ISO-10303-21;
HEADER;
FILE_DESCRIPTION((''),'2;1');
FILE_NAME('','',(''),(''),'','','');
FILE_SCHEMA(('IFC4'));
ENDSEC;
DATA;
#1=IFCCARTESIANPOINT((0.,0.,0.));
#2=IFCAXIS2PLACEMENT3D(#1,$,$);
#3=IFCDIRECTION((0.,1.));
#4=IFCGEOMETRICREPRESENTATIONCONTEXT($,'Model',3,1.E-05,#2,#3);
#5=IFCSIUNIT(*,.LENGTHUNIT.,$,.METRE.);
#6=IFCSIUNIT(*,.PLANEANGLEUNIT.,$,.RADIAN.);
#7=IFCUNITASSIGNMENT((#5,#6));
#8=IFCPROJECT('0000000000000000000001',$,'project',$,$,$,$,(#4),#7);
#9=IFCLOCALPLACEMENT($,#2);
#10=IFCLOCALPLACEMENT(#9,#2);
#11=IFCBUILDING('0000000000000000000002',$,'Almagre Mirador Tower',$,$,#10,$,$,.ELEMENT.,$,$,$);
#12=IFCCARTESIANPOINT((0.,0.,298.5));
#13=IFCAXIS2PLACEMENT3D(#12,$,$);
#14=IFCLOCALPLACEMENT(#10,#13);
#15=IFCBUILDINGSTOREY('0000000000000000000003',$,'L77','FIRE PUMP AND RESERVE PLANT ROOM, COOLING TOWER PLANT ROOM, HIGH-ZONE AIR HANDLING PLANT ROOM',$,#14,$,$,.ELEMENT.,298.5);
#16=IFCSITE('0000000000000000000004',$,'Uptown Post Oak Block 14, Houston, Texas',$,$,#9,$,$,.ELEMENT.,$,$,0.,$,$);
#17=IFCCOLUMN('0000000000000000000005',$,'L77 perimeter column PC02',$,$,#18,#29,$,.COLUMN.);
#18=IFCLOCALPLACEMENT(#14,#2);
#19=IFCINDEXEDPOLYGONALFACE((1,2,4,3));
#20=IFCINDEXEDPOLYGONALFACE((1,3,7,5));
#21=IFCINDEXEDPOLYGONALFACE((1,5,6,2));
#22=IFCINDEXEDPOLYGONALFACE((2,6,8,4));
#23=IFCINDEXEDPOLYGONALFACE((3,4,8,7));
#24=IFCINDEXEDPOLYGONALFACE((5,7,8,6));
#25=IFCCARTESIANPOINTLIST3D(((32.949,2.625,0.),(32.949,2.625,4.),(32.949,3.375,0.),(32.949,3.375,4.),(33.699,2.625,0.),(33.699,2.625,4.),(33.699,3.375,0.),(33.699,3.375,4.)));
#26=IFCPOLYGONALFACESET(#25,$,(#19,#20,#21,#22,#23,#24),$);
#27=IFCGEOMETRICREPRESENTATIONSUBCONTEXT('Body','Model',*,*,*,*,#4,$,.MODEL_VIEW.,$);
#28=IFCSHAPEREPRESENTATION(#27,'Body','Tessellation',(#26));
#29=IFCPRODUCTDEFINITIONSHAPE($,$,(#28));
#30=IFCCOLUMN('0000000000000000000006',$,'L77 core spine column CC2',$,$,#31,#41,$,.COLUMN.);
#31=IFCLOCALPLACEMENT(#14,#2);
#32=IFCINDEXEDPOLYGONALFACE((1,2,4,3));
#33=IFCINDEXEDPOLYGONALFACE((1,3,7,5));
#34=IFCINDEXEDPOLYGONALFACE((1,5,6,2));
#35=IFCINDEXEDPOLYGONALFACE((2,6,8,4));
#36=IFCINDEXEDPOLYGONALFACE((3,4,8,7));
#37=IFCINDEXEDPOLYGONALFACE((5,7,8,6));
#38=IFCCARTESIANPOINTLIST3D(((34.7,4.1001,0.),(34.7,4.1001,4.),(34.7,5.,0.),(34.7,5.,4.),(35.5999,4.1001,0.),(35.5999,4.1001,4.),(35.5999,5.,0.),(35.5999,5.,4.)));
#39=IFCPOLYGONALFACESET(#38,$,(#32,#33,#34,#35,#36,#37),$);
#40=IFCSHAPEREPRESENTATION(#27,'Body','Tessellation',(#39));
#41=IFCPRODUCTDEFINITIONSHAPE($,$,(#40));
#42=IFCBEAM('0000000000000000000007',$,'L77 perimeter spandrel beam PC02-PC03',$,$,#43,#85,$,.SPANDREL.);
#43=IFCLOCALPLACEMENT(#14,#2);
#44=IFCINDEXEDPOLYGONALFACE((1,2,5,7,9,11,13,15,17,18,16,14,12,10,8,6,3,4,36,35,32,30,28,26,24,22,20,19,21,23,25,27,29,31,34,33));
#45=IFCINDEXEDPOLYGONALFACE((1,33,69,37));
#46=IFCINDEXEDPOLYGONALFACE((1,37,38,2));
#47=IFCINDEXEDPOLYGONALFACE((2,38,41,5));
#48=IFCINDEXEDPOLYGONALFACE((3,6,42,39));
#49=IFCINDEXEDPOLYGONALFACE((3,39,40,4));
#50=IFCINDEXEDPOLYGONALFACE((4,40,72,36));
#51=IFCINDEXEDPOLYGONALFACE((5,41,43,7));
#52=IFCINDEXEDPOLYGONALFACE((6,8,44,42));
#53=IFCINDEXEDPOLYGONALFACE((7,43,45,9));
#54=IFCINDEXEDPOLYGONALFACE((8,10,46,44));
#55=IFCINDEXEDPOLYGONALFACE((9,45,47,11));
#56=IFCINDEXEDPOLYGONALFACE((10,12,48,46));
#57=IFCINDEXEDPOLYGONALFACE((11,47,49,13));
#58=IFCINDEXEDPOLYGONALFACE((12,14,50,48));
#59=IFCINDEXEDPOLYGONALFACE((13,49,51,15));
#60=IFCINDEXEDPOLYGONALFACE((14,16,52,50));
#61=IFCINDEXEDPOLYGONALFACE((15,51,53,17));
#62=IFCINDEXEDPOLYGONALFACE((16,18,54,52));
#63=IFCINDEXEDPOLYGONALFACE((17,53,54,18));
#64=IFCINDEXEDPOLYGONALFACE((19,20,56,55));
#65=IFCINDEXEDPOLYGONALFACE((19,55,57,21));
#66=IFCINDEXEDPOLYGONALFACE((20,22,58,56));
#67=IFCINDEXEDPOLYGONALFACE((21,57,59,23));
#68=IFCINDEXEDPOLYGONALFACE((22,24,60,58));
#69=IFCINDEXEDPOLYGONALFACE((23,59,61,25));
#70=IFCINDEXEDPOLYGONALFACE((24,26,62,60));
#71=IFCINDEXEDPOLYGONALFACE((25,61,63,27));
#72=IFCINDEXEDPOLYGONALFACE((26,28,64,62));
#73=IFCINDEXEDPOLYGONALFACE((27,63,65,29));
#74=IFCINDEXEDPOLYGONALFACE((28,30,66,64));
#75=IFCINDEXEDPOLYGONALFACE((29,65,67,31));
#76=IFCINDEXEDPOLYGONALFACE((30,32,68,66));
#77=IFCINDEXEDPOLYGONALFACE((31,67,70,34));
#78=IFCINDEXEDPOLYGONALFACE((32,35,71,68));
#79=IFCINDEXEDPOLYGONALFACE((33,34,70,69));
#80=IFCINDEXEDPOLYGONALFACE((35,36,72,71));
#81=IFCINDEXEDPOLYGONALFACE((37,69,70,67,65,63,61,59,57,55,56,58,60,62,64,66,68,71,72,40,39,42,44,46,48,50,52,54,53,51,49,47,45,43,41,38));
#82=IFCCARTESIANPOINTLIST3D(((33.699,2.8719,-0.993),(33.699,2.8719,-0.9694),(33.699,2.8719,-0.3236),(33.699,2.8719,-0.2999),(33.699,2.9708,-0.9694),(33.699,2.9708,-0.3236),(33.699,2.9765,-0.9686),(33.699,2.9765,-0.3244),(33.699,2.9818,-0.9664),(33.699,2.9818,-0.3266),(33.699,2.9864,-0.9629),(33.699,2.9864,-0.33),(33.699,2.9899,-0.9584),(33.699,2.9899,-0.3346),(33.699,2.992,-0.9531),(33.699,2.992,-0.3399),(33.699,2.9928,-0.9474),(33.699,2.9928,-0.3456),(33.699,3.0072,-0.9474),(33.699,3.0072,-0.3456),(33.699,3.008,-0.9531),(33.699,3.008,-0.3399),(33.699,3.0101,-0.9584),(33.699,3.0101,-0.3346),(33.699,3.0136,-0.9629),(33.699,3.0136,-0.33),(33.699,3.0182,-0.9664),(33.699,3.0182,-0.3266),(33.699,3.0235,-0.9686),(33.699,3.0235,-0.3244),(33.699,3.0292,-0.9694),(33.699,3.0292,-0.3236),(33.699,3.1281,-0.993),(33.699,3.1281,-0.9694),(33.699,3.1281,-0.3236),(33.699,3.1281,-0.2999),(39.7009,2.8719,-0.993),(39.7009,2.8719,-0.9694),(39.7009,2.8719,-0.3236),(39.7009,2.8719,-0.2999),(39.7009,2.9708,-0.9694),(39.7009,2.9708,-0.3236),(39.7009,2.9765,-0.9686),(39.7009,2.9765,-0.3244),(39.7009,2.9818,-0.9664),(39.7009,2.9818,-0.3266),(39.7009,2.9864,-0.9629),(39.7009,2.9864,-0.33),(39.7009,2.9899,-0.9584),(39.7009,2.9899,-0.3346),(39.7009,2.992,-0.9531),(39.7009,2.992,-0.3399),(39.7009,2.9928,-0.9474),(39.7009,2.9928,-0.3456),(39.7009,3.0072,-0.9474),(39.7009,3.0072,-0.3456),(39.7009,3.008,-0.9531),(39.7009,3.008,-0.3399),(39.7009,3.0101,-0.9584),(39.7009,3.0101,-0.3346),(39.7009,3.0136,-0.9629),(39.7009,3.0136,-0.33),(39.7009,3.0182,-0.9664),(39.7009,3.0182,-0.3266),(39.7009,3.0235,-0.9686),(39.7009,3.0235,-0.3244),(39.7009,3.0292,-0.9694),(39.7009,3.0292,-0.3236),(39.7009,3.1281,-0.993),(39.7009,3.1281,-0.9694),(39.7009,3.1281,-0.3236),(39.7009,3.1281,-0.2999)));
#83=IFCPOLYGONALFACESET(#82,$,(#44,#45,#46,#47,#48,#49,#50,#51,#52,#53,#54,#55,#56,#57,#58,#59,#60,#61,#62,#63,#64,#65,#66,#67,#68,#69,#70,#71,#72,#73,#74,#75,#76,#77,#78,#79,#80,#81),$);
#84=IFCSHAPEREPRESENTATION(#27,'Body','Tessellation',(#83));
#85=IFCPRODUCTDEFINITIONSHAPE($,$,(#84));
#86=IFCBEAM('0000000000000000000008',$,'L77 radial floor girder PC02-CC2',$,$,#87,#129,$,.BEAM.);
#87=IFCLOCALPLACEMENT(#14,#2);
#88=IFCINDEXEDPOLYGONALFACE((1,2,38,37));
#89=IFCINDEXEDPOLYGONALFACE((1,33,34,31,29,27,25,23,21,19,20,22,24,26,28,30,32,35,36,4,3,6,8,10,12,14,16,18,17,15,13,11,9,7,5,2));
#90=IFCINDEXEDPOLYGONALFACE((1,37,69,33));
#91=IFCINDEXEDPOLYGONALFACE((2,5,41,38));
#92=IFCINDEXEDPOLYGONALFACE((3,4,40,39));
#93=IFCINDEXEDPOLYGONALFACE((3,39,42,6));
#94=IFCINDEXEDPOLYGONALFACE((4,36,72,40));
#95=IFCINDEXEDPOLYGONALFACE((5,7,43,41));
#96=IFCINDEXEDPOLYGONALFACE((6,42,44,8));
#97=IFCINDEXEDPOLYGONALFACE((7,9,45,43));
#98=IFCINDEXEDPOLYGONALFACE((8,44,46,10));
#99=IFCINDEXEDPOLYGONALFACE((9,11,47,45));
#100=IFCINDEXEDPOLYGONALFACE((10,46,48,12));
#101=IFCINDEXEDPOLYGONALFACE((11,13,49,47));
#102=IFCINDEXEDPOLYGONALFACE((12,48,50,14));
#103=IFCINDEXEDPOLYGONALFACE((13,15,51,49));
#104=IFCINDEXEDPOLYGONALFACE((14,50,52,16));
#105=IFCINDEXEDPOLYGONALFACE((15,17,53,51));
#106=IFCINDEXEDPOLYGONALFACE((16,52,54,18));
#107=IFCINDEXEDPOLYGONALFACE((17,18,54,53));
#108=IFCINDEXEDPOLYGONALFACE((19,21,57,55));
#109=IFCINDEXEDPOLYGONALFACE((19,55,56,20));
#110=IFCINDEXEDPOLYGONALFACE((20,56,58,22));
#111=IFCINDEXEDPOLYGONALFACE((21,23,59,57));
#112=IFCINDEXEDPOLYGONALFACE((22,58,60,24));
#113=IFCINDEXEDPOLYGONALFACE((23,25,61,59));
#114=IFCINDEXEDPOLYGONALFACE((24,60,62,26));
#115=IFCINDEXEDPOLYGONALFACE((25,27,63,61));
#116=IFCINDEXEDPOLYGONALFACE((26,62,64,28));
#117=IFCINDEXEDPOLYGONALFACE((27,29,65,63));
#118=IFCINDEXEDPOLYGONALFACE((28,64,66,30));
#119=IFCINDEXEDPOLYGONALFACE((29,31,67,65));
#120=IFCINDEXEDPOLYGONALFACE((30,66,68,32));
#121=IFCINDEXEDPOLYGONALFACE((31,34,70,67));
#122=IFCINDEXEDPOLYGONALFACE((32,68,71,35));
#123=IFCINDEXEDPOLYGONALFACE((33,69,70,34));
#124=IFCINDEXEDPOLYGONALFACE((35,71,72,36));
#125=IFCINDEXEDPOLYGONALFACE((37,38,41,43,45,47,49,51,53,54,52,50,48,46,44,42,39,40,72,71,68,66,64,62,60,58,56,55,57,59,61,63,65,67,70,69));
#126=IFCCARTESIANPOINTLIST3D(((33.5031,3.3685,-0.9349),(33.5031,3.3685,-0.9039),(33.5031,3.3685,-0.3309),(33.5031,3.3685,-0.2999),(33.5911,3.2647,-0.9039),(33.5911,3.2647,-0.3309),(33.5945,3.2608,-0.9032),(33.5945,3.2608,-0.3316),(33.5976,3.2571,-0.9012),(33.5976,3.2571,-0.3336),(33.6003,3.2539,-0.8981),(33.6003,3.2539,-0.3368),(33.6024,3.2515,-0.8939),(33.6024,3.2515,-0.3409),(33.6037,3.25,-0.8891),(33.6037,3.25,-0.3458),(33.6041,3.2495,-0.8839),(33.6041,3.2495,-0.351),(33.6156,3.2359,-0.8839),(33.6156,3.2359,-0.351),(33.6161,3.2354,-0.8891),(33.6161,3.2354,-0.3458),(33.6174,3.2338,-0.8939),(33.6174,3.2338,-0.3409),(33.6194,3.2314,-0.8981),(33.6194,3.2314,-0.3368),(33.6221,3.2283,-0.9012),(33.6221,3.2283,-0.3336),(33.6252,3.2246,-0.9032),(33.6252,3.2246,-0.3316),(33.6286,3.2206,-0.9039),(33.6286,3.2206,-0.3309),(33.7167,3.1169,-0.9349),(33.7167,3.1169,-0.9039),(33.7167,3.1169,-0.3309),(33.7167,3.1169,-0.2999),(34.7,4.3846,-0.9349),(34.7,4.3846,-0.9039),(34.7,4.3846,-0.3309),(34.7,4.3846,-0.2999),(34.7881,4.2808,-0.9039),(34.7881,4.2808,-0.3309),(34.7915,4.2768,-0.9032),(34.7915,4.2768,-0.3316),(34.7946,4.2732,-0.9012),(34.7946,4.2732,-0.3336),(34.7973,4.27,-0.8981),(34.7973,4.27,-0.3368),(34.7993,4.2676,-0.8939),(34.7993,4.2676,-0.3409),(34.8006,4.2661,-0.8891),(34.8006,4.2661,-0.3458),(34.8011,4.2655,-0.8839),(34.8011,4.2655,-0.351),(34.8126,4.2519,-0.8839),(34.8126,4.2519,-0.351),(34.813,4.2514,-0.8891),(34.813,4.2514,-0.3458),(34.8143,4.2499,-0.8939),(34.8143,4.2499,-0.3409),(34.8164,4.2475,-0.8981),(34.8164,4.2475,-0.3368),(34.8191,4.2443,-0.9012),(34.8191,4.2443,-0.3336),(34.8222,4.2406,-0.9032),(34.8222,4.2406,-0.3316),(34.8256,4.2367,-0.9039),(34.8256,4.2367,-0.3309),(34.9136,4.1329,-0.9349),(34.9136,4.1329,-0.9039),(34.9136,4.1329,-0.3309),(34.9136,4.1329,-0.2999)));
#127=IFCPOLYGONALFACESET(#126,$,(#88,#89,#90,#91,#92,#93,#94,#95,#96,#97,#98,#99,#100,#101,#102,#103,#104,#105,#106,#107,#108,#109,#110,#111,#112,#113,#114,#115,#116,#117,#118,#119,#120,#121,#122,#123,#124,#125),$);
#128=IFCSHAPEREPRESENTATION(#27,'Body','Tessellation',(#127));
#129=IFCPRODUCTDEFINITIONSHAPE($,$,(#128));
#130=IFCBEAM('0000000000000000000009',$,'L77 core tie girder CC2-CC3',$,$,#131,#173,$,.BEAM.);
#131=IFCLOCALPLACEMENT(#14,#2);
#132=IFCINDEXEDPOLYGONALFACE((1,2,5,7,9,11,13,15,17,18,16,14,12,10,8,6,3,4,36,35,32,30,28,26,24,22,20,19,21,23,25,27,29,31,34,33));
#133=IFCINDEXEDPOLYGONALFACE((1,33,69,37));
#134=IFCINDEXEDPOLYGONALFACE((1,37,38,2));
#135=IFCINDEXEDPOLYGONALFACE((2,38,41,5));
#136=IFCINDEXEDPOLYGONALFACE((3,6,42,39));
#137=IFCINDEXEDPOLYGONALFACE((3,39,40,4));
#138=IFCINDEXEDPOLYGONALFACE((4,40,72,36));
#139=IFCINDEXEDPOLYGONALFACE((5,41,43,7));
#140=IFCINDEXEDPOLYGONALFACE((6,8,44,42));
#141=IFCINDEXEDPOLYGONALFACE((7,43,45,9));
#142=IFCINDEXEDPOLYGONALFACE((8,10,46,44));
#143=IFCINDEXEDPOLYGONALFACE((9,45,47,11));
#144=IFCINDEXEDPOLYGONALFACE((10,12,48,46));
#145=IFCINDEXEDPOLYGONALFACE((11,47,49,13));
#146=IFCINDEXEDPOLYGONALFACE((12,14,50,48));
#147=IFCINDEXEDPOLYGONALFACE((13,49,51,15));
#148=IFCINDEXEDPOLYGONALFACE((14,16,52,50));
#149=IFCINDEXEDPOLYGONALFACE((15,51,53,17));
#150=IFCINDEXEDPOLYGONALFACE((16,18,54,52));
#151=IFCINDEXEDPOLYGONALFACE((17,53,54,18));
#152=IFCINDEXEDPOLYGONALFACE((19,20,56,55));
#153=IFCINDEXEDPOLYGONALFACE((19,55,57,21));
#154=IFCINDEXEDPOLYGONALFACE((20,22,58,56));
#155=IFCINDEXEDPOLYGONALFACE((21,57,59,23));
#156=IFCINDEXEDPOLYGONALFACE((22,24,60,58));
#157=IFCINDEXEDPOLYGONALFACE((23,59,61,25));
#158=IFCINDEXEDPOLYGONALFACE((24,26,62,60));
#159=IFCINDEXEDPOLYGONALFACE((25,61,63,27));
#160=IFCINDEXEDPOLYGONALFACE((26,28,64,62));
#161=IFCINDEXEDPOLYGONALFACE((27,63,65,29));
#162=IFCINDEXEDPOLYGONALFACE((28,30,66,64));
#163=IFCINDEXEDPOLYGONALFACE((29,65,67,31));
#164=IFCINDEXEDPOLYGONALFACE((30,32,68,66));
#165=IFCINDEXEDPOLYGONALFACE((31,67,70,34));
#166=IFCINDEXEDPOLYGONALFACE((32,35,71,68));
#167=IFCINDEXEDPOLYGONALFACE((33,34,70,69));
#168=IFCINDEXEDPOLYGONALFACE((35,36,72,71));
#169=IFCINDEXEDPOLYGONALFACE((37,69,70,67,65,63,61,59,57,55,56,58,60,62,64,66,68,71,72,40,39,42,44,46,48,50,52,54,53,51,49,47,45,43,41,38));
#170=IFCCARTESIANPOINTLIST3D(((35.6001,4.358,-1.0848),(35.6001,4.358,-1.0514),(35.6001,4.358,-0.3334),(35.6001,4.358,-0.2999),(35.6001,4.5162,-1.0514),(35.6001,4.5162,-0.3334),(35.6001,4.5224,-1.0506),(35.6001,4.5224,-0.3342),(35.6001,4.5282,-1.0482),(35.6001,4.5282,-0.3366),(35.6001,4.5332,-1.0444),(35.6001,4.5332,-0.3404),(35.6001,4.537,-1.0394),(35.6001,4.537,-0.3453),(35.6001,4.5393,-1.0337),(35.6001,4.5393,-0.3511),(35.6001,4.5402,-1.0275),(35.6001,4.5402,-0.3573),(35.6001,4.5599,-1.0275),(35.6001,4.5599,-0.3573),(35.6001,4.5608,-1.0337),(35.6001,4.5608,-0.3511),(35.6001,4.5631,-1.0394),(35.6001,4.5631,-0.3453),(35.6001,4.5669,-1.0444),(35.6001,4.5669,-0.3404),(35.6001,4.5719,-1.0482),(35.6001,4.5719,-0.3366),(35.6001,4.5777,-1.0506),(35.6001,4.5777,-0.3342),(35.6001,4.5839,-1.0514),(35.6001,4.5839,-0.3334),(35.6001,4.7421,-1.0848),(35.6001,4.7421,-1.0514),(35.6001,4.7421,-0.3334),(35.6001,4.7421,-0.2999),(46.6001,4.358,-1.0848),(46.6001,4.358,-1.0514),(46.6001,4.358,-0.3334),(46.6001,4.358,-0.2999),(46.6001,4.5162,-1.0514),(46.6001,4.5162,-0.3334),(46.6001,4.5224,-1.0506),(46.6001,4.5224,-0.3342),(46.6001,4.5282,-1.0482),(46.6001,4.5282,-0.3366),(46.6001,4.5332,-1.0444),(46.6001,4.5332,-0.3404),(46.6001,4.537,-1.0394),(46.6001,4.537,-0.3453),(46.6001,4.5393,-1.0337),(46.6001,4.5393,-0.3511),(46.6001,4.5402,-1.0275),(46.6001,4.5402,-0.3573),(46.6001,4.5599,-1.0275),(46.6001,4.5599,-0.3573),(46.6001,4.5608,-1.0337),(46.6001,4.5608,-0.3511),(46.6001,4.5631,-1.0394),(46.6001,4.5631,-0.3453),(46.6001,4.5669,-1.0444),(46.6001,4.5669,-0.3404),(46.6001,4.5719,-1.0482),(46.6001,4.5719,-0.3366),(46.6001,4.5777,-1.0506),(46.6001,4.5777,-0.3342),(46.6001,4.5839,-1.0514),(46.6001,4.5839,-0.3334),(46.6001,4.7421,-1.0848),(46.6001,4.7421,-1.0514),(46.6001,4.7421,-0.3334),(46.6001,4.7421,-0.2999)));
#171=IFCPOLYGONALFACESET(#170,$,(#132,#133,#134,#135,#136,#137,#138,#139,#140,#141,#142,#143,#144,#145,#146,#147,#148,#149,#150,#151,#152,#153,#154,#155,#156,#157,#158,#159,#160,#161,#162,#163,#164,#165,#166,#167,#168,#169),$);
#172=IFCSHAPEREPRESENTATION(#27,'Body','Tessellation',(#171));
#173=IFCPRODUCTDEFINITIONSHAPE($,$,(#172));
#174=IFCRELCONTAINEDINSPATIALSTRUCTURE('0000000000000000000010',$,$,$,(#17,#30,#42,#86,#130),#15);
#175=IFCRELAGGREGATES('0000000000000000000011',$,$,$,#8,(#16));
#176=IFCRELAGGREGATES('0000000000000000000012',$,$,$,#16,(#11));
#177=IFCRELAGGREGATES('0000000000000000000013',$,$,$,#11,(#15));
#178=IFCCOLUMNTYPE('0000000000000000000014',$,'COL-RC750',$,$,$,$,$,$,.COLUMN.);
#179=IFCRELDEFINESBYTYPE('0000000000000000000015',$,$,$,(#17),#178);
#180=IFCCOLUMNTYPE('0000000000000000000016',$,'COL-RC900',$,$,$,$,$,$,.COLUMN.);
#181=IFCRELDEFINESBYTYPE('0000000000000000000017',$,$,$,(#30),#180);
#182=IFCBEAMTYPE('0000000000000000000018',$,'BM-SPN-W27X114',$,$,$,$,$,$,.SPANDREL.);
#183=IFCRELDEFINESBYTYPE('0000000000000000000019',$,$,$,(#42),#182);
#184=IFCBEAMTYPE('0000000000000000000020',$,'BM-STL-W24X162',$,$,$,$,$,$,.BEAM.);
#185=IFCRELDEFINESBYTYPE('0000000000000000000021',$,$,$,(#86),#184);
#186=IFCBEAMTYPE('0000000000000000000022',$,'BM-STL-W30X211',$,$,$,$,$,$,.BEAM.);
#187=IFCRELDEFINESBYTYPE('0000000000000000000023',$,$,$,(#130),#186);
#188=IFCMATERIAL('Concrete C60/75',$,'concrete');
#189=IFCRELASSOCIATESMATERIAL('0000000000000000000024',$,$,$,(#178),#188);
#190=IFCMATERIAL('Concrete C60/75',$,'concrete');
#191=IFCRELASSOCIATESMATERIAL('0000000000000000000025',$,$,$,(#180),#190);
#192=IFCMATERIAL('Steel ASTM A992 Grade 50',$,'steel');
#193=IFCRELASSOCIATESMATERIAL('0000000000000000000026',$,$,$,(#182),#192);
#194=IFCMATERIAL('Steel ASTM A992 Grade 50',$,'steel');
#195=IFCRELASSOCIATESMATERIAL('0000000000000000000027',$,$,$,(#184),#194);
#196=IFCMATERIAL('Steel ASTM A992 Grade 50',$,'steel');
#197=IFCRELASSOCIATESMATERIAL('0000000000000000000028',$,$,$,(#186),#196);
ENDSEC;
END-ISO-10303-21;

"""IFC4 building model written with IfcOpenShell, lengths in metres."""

from ifc_helpers import new_model, si_unit, direction, frame, origin, origin_2d, place, context, subcontext, project, spatial, rectangle, i_section, extrude, material, material_profile, profile_set, type_object, element, save


model = new_model("IFC4")

# Units and contexts
model_context = context("Model", 3, precision=1e-05, world=origin(), true_north=direction((0.0, 1.0)))
body_context = subcontext(model_context, "Body", "Model", "MODEL_VIEW")
ifc_project = project(units=[si_unit("LENGTHUNIT", "METRE"), si_unit("PLANEANGLEUNIT", "RADIAN")], contexts=[model_context])

# Site, building, storey
site_placement = place(None, origin())
site = spatial("IfcSite", under=ifc_project, at=site_placement, Name="Uptown Post Oak Block 14, Houston, Texas", CompositionType="ELEMENT", RefElevation=0.0)
building_placement = place(site_placement, origin())
building = spatial("IfcBuilding", under=site, at=building_placement, Name="Almagre Mirador Tower", CompositionType="ELEMENT")
storey_placement = place(building_placement, frame((0.0, 0.0, 298.5)))
storey = spatial("IfcBuildingStorey", under=building, at=storey_placement, Name="L77", Description="FIRE PUMP AND RESERVE PLANT ROOM, COOLING TOWER PLANT ROOM, HIGH-ZONE AIR HANDLING PLANT ROOM", CompositionType="ELEMENT", Elevation=298.5)

# Columns
ifc_material_1 = material(Name="Concrete C60/75", Category="concrete")
ifc_material_profile_1 = material_profile(ifc_material_1, rectangle(XDim=0.75, YDim=0.75, at=origin_2d()), Name="RC750X750")
ifc_profile_set_1 = profile_set([ifc_material_profile_1], Name="Concrete C60/75")
column_type_1 = type_object("IfcColumnType", Name="COL-RC750", PredefinedType="COLUMN", material=ifc_profile_set_1)
column_1_placement = place(storey_placement, frame((33.324, 3.0, 0.0), z_axis=(0.0, 0.0, 1.0), x_axis=(1.0, 0.0, 0.0)))
element("IfcColumn", 1, at=column_1_placement, inside=storey, type_object=column_type_1, Name="L77 perimeter column PC02", PredefinedType="COLUMN", context=body_context, shape_type="SweptSolid", body=[
    extrude(rectangle(XDim=0.75, YDim=0.75, at=origin_2d()), origin(), (0.0, 0.0, 1.0), 4.0),
])
ifc_material_2 = material(Name="Concrete C60/75", Category="concrete")
ifc_material_profile_2 = material_profile(ifc_material_2, rectangle(XDim=0.8999, YDim=0.8999, at=origin_2d()), Name="RC900X900")
ifc_profile_set_2 = profile_set([ifc_material_profile_2], Name="Concrete C60/75")
column_type_2 = type_object("IfcColumnType", Name="COL-RC900", PredefinedType="COLUMN", material=ifc_profile_set_2)
column_2_placement = place(storey_placement, frame((35.1499, 4.55, 0.0), z_axis=(0.0, 0.0, 1.0), x_axis=(1.0, 0.0, 0.0)))
element("IfcColumn", 2, at=column_2_placement, inside=storey, type_object=column_type_2, Name="L77 core spine column CC2", PredefinedType="COLUMN", context=body_context, shape_type="SweptSolid", body=[
    extrude(rectangle(XDim=0.8999, YDim=0.8999, at=origin_2d()), origin(), (0.0, 0.0, 1.0), 4.0),
])

# Beams
ifc_material_3 = material(Name="Steel ASTM A992 Grade 50", Category="steel")
ifc_material_profile_3 = material_profile(ifc_material_3, i_section(OverallWidth=0.2561, OverallDepth=0.6931, WebThickness=0.0144, FlangeThickness=0.0237, FilletRadius=0.022, at=origin_2d()), Name="W27X114")
ifc_profile_set_3 = profile_set([ifc_material_profile_3], Name="Steel ASTM A992 Grade 50")
beam_type_1 = type_object("IfcBeamType", Name="BM-SPN-W27X114", PredefinedType="SPANDREL", material=ifc_profile_set_3)
beam_1_placement = place(storey_placement, frame((33.699, 3.0, -0.6465), z_axis=(1.0, 0.0, 0.0), x_axis=(0.0, 1.0, 0.0)))
element("IfcBeam", 3, at=beam_1_placement, inside=storey, type_object=beam_type_1, Name="L77 perimeter spandrel beam PC02-PC03", PredefinedType="SPANDREL", context=body_context, shape_type="SweptSolid", body=[
    extrude(i_section(OverallWidth=0.2561, OverallDepth=0.6931, WebThickness=0.0144, FlangeThickness=0.0237, FilletRadius=0.022, at=origin_2d()), origin(), (0.0, 0.0, 1.0), 6.002),
])
ifc_material_4 = material(Name="Steel ASTM A992 Grade 50", Category="steel")
ifc_material_profile_4 = material_profile(ifc_material_4, i_section(OverallWidth=0.3301, OverallDepth=0.635, WebThickness=0.0178, FlangeThickness=0.031, FilletRadius=0.02, at=origin_2d()), Name="W24X162")
ifc_profile_set_4 = profile_set([ifc_material_profile_4], Name="Steel ASTM A992 Grade 50")
beam_type_2 = type_object("IfcBeamType", Name="BM-STL-W24X162", PredefinedType="BEAM", material=ifc_profile_set_4)
beam_2_placement = place(storey_placement, frame((33.6099, 3.2427, -0.6174), z_axis=(0.762365, 0.647147, 0.0), x_axis=(-0.647147, 0.762365, 0.0)))
element("IfcBeam", 4, at=beam_2_placement, inside=storey, type_object=beam_type_2, Name="L77 radial floor girder PC02-CC2", PredefinedType="BEAM", context=body_context, shape_type="SweptSolid", body=[
    extrude(i_section(OverallWidth=0.3301, OverallDepth=0.635, WebThickness=0.0178, FlangeThickness=0.031, FilletRadius=0.02, at=origin_2d()), origin(), (0.0, 0.0, 1.0), 1.5701),
])
ifc_material_5 = material(Name="Steel ASTM A992 Grade 50", Category="steel")
ifc_material_profile_5 = material_profile(ifc_material_5, i_section(OverallWidth=0.384, OverallDepth=0.7849, WebThickness=0.0198, FlangeThickness=0.0334, FilletRadius=0.0239, at=origin_2d()), Name="W30X211")
ifc_profile_set_5 = profile_set([ifc_material_profile_5], Name="Steel ASTM A992 Grade 50")
beam_type_3 = type_object("IfcBeamType", Name="BM-STL-W30X211", PredefinedType="BEAM", material=ifc_profile_set_5)
beam_3_placement = place(storey_placement, frame((35.6001, 4.55, -0.6924), z_axis=(1.0, 0.0, 0.0), x_axis=(0.0, 1.0, 0.0)))
element("IfcBeam", 5, at=beam_3_placement, inside=storey, type_object=beam_type_3, Name="L77 core tie girder CC2-CC3", PredefinedType="BEAM", context=body_context, shape_type="SweptSolid", body=[
    extrude(i_section(OverallWidth=0.384, OverallDepth=0.7849, WebThickness=0.0198, FlangeThickness=0.0334, FilletRadius=0.0239, at=origin_2d()), origin(), (0.0, 0.0, 1.0), 11.0),
])

save(model, "model.ifc")
